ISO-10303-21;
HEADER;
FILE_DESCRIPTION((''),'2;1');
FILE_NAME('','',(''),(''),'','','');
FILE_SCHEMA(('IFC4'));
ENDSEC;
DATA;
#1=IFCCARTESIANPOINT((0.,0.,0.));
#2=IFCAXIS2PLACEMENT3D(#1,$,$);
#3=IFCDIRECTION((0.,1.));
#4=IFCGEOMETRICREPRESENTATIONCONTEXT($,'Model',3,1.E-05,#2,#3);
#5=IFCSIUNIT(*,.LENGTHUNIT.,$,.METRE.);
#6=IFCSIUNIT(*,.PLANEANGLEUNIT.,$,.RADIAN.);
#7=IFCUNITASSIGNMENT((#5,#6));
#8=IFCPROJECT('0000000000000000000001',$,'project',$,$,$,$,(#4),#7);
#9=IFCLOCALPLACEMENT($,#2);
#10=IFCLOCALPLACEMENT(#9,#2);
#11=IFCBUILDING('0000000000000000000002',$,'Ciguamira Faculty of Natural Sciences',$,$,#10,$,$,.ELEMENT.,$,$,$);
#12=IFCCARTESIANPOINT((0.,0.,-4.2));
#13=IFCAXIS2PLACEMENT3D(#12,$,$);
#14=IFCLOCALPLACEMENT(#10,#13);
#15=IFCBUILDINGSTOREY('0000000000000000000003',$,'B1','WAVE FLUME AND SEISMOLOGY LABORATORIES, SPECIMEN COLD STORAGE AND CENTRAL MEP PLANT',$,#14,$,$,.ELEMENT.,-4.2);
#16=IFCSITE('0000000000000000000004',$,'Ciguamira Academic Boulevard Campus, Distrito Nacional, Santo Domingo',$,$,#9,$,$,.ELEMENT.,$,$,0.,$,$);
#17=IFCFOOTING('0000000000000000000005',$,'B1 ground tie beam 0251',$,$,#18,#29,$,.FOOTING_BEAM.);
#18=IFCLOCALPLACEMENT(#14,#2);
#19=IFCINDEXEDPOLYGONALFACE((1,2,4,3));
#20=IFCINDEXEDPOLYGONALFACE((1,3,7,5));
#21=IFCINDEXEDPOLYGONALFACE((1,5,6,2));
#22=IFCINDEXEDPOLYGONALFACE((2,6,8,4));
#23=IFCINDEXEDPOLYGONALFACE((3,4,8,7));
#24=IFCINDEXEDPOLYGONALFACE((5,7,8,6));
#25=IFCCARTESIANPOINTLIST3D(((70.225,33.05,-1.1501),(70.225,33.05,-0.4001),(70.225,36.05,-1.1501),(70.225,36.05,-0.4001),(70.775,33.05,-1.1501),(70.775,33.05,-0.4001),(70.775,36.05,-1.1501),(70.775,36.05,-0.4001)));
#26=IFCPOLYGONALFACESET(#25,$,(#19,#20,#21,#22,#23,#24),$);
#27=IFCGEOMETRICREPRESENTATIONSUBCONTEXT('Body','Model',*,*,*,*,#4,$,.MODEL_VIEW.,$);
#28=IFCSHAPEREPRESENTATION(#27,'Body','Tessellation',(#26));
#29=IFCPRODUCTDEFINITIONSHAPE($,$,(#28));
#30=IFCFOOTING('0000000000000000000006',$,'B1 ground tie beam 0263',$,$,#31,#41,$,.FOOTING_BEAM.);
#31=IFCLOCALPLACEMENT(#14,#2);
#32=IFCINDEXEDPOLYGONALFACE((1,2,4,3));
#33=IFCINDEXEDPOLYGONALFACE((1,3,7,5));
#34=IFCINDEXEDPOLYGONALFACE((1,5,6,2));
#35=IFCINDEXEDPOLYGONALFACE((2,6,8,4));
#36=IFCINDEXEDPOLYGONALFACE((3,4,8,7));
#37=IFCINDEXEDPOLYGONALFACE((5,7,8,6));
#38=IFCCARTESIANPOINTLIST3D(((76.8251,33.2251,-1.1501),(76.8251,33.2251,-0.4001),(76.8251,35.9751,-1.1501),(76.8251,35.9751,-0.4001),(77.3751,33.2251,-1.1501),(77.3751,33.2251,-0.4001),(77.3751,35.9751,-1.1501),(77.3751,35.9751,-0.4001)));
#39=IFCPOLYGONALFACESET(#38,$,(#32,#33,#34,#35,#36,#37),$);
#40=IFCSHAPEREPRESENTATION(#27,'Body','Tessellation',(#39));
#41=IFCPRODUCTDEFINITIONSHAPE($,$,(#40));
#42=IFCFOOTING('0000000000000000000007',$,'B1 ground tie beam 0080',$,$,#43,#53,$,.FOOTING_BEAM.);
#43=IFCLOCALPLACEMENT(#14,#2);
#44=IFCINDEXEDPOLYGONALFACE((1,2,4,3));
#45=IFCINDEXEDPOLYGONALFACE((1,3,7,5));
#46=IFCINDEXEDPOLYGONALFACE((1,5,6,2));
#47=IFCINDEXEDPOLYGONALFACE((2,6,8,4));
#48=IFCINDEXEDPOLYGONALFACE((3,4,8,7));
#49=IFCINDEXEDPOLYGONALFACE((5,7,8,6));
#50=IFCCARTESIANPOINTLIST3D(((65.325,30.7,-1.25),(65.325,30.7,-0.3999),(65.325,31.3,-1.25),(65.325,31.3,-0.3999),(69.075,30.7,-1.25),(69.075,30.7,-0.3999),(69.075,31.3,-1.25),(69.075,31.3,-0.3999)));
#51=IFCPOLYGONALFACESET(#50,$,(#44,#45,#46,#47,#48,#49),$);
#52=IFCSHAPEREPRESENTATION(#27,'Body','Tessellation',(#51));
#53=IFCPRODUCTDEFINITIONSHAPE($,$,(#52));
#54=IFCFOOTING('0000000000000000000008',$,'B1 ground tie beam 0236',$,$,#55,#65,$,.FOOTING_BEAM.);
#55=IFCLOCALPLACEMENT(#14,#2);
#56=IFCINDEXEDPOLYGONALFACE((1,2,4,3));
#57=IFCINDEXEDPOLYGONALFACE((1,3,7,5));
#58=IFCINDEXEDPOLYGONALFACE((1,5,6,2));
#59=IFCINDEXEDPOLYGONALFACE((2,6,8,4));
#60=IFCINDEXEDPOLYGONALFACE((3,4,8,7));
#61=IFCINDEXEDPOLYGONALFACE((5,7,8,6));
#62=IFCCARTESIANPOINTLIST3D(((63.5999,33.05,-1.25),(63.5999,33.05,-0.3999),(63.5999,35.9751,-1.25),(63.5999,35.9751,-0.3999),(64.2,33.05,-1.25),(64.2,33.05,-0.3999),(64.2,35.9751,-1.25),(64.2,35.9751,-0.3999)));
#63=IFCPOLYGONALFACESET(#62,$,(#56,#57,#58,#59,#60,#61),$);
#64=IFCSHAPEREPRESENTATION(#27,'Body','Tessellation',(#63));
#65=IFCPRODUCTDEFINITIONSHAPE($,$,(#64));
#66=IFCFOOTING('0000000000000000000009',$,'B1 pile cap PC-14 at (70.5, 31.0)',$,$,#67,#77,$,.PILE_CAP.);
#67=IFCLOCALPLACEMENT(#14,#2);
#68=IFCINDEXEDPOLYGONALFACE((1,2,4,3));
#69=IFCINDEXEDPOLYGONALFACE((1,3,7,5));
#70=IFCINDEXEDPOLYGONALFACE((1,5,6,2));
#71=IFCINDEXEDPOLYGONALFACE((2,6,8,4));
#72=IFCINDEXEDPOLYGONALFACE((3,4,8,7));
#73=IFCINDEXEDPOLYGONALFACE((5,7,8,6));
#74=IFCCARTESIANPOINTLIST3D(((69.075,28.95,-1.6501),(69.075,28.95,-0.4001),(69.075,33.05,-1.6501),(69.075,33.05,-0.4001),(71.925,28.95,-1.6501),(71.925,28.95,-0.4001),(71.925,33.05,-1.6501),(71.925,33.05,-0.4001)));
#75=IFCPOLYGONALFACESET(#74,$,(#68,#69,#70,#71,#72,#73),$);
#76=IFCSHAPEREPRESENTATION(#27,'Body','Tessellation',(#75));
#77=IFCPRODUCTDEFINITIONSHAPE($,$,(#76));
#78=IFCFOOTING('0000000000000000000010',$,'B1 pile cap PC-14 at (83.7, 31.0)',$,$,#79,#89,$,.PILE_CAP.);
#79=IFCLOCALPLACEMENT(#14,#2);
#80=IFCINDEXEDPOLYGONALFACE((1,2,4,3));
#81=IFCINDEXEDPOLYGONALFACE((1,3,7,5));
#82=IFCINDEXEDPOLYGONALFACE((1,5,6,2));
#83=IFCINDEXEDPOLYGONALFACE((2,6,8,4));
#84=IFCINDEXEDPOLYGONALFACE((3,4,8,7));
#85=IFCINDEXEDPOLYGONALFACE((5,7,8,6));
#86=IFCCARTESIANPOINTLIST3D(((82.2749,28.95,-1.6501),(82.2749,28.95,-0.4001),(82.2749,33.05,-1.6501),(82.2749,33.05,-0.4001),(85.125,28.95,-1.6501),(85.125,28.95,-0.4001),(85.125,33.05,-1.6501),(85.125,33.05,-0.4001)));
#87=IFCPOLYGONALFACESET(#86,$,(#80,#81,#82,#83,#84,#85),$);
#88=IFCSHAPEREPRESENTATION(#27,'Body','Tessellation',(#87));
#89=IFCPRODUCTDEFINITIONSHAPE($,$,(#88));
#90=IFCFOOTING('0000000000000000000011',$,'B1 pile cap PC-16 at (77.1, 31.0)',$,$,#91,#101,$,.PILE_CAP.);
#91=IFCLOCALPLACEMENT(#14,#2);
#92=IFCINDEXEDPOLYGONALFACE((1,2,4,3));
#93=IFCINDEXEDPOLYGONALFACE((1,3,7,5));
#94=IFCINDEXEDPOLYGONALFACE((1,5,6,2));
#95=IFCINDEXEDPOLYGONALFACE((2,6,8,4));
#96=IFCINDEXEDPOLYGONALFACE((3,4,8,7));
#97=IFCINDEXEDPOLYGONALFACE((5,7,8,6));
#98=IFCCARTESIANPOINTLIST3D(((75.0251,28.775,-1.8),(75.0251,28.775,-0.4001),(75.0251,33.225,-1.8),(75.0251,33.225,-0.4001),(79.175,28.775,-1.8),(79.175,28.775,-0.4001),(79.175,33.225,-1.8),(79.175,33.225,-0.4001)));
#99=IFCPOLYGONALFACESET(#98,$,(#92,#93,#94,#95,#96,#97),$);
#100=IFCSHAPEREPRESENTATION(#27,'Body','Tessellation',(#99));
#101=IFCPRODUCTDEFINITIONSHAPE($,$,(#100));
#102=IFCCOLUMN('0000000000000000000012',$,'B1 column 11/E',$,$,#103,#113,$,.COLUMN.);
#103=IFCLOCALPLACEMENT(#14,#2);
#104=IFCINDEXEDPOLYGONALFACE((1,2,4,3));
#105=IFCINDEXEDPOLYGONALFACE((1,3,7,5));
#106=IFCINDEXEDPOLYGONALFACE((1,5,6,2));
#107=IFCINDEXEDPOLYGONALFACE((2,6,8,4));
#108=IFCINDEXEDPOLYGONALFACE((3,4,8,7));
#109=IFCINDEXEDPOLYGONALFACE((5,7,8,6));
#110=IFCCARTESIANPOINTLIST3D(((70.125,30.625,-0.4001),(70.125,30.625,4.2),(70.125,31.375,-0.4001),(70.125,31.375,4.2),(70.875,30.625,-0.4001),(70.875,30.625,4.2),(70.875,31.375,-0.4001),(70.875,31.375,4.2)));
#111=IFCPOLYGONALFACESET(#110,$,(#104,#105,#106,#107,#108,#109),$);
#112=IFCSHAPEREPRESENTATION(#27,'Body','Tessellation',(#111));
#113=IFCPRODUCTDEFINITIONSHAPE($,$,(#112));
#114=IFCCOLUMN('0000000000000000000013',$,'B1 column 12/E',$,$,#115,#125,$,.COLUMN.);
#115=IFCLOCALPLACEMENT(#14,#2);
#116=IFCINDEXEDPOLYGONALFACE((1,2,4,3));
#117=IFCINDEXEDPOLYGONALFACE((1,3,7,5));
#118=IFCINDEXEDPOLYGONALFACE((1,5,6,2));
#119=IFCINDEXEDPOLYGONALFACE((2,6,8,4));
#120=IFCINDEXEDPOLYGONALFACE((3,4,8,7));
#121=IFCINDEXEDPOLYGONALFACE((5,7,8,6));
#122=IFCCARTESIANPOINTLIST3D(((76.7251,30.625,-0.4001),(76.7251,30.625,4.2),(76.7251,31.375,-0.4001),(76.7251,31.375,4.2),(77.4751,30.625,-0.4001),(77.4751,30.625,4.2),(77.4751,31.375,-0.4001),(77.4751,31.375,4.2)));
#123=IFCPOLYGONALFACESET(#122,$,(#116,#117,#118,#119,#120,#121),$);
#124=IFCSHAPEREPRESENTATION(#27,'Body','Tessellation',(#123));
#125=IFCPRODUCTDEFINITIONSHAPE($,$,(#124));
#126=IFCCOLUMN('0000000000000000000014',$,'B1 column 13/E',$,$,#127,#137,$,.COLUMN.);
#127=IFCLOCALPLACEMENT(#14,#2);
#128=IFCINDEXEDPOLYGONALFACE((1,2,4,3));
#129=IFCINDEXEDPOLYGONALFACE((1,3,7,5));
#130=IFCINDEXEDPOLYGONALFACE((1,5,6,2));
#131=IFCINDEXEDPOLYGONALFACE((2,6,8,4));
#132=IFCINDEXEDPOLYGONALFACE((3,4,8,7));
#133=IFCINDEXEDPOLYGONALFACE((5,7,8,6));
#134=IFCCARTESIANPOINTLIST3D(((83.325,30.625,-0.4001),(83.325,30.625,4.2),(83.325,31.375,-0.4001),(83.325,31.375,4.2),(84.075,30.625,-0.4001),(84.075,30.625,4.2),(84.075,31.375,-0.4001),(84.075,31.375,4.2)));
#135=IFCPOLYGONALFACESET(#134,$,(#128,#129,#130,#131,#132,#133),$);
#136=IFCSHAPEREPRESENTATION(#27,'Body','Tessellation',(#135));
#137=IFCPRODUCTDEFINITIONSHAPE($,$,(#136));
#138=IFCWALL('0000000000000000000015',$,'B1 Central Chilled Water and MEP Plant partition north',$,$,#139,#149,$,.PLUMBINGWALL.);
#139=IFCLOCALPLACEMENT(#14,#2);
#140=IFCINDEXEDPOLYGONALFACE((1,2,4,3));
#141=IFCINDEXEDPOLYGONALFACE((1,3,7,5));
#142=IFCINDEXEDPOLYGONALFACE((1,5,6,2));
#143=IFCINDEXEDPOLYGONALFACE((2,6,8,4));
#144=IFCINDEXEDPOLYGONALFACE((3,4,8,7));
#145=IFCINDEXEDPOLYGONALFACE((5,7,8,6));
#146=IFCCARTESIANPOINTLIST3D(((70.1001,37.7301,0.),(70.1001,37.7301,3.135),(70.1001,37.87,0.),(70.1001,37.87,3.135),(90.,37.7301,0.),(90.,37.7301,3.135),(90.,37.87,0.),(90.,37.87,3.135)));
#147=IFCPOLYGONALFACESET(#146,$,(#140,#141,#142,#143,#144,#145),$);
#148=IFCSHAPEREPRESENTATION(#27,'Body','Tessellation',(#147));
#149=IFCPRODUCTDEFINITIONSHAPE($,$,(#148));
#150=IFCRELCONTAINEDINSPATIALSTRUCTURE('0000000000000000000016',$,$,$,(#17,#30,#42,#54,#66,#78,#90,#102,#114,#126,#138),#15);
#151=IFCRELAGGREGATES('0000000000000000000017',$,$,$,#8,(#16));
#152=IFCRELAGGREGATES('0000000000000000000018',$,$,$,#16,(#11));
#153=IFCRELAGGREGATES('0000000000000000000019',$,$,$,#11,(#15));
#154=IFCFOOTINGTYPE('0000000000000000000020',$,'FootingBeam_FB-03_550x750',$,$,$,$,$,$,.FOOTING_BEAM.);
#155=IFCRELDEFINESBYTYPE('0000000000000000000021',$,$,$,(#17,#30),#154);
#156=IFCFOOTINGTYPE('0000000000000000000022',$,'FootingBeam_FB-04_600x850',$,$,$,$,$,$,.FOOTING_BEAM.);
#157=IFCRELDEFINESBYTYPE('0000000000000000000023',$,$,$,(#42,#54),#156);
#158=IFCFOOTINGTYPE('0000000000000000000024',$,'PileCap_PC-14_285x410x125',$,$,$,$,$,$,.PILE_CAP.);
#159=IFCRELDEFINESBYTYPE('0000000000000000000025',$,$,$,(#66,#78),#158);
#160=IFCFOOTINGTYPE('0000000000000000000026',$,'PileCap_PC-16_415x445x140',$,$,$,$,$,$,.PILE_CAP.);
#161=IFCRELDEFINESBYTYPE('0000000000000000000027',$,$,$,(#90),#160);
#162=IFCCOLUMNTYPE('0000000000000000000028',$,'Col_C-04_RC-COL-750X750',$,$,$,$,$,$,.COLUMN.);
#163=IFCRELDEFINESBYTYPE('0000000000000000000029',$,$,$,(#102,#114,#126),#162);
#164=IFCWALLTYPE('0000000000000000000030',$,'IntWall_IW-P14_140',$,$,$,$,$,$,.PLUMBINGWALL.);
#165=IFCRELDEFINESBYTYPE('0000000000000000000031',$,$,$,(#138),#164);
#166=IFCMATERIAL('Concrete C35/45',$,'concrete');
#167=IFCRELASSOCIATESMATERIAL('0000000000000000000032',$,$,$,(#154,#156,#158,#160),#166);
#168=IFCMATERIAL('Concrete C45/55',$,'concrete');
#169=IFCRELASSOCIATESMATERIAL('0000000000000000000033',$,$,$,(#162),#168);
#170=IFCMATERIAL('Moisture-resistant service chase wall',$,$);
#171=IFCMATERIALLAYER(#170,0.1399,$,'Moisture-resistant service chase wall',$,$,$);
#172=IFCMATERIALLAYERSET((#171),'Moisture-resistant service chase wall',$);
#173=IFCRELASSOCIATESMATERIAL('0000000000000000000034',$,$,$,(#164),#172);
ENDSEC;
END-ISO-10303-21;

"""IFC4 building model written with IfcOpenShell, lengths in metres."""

from ifc_helpers import new_model, si_unit, direction, frame, frame_2d, origin, origin_2d, place, context, subcontext, project, spatial, rectangle, extrude, material, layer, layer_set, material_profile, profile_set, type_object, element, save


model = new_model("IFC4")

# Units and contexts
model_context = context("Model", 3, precision=1e-05, world=origin(), true_north=direction((0.0, 1.0)))
body_context = subcontext(model_context, "Body", "Model", "MODEL_VIEW")
ifc_project = project(units=[si_unit("LENGTHUNIT", "METRE"), si_unit("PLANEANGLEUNIT", "RADIAN")], contexts=[model_context])

# Site, building, storey
site_placement = place(None, origin())
site = spatial("IfcSite", under=ifc_project, at=site_placement, Name="Ciguamira Academic Boulevard Campus, Distrito Nacional, Santo Domingo", CompositionType="ELEMENT", RefElevation=0.0)
building_placement = place(site_placement, origin())
building = spatial("IfcBuilding", under=site, at=building_placement, Name="Ciguamira Faculty of Natural Sciences", CompositionType="ELEMENT")
storey_placement = place(building_placement, frame((0.0, 0.0, -4.2)))
storey = spatial("IfcBuildingStorey", under=building, at=storey_placement, Name="B1", Description="WAVE FLUME AND SEISMOLOGY LABORATORIES, SPECIMEN COLD STORAGE AND CENTRAL MEP PLANT", CompositionType="ELEMENT", Elevation=-4.2)

# Shared definitions
ifc_material_1 = material(Name="Concrete C35/45", Category="concrete")

# Footings
ifc_material_profile_1 = material_profile(ifc_material_1, rectangle(XDim=0.55, YDim=0.75, at=origin_2d()), Name="RC-FB-550X750")
ifc_profile_set_1 = profile_set([ifc_material_profile_1], Name="Concrete C35/45")
footing_type_1 = type_object("IfcFootingType", Name="FootingBeam_FB-03_550x750", PredefinedType="FOOTING_BEAM", material=ifc_profile_set_1)
footing_1_placement = place(storey_placement, frame((70.5, 33.05, -0.7751), z_axis=(0.0, 1.0, 0.0), x_axis=(-1.0, 0.0, 0.0)))
element("IfcFooting", 1, at=footing_1_placement, inside=storey, type_object=footing_type_1, Name="B1 ground tie beam 0251", PredefinedType="FOOTING_BEAM", context=body_context, shape_type="SweptSolid", body=[
    extrude(rectangle(XDim=0.55, YDim=0.75, at=origin_2d()), origin(), (0.0, 0.0, 1.0), 3.0),
])
footing_2_placement = place(storey_placement, frame((77.1001, 33.2251, -0.7751), z_axis=(0.0, 1.0, 0.0), x_axis=(-1.0, 0.0, 0.0)))
element("IfcFooting", 2, at=footing_2_placement, inside=storey, type_object=footing_type_1, Name="B1 ground tie beam 0263", PredefinedType="FOOTING_BEAM", context=body_context, shape_type="SweptSolid", body=[
    extrude(rectangle(XDim=0.55, YDim=0.75, at=origin_2d()), origin(), (0.0, 0.0, 1.0), 2.75),
])
ifc_material_profile_2 = material_profile(ifc_material_1, rectangle(XDim=0.6001, YDim=0.8501, at=origin_2d()), Name="RC-FB-600X850")
ifc_profile_set_2 = profile_set([ifc_material_profile_2], Name="Concrete C35/45")
footing_type_2 = type_object("IfcFootingType", Name="FootingBeam_FB-04_600x850", PredefinedType="FOOTING_BEAM", material=ifc_profile_set_2)
footing_3_placement = place(storey_placement, frame((65.325, 31.0, -0.825), z_axis=(1.0, 0.0, 0.0), x_axis=(0.0, 1.0, 0.0)))
element("IfcFooting", 3, at=footing_3_placement, inside=storey, type_object=footing_type_2, Name="B1 ground tie beam 0080", PredefinedType="FOOTING_BEAM", context=body_context, shape_type="SweptSolid", body=[
    extrude(rectangle(XDim=0.6001, YDim=0.8501, at=origin_2d()), origin(), (0.0, 0.0, 1.0), 3.75),
])
footing_4_placement = place(storey_placement, frame((63.8999, 33.05, -0.825), z_axis=(0.0, 1.0, 0.0), x_axis=(-1.0, 0.0, 0.0)))
element("IfcFooting", 4, at=footing_4_placement, inside=storey, type_object=footing_type_2, Name="B1 ground tie beam 0236", PredefinedType="FOOTING_BEAM", context=body_context, shape_type="SweptSolid", body=[
    extrude(rectangle(XDim=0.6001, YDim=0.8501, at=origin_2d()), origin(), (0.0, 0.0, 1.0), 2.925),
])
footing_type_3 = type_object("IfcFootingType", Name="PileCap_PC-14_285x410x125", PredefinedType="PILE_CAP", material=ifc_material_1)
for number, where, z_axis, x_axis, name in (
    (5, (70.5, 31.0, -1.6501), (0.0, 0.0, 1.0), (1.0, 0.0, 0.0), "B1 pile cap PC-14 at (70.5, 31.0)"),
    (6, (83.7, 31.0, -1.6501), (0.0, 0.0, 1.0), (1.0, 0.0, 0.0), "B1 pile cap PC-14 at (83.7, 31.0)"),
):
    element("IfcFooting", number, at=place(storey_placement, frame(where, z_axis=z_axis, x_axis=x_axis)), inside=storey, type_object=footing_type_3, Name=name, PredefinedType="PILE_CAP", context=body_context, shape_type="SweptSolid", body=[
        extrude(rectangle(XDim=2.8501, YDim=4.1001, at=origin_2d()), origin(), (0.0, 0.0, 1.0), 1.25),
    ])
footing_type_4 = type_object("IfcFootingType", Name="PileCap_PC-16_415x445x140", PredefinedType="PILE_CAP", material=ifc_material_1)
footing_5_placement = place(storey_placement, frame((77.1001, 31.0, -1.8), z_axis=(0.0, 0.0, 1.0), x_axis=(1.0, 0.0, 0.0)))
element("IfcFooting", 7, at=footing_5_placement, inside=storey, type_object=footing_type_4, Name="B1 pile cap PC-16 at (77.1, 31.0)", PredefinedType="PILE_CAP", context=body_context, shape_type="SweptSolid", body=[
    extrude(rectangle(XDim=4.1499, YDim=4.45, at=origin_2d()), origin(), (0.0, 0.0, 1.0), 1.3999),
])

# Columns
ifc_material_2 = material(Name="Concrete C45/55", Category="concrete")
ifc_material_profile_3 = material_profile(ifc_material_2, rectangle(XDim=0.75, YDim=0.75, at=origin_2d()), Name="RC-COL-750X750")
ifc_profile_set_3 = profile_set([ifc_material_profile_3], Name="Concrete C45/55")
column_type = type_object("IfcColumnType", Name="Col_C-04_RC-COL-750X750", PredefinedType="COLUMN", material=ifc_profile_set_3)
for number, where, z_axis, x_axis, name in (
    (8, (70.5, 31.0, -0.4001), (0.0, 0.0, 1.0), (1.0, 0.0, 0.0), "B1 column 11/E"),
    (9, (77.1001, 31.0, -0.4001), (0.0, 0.0, 1.0), (1.0, 0.0, 0.0), "B1 column 12/E"),
    (10, (83.7, 31.0, -0.4001), (0.0, 0.0, 1.0), (1.0, 0.0, 0.0), "B1 column 13/E"),
):
    element("IfcColumn", number, at=place(storey_placement, frame(where, z_axis=z_axis, x_axis=x_axis)), inside=storey, type_object=column_type, Name=name, PredefinedType="COLUMN", context=body_context, shape_type="SweptSolid", body=[
        extrude(rectangle(XDim=0.75, YDim=0.75, at=origin_2d()), origin(), (0.0, 0.0, 1.0), 4.6001),
    ])

# Wall
ifc_material_3 = material(Name="Moisture-resistant service chase wall")
ifc_layer = layer(ifc_material_3, 0.1399, Name="Moisture-resistant service chase wall")
ifc_layer_set = layer_set([ifc_layer], Name="Moisture-resistant service chase wall")
wall_type = type_object("IfcWallType", Name="IntWall_IW-P14_140", PredefinedType="PLUMBINGWALL", material=ifc_layer_set)
wall_placement = place(storey_placement, frame((70.1001, 37.8, 0.0), z_axis=(0.0, 0.0, 1.0), x_axis=(1.0, 0.0, 0.0)))
element("IfcWall", 11, at=wall_placement, inside=storey, type_object=wall_type, Name="B1 Central Chilled Water and MEP Plant partition north", PredefinedType="PLUMBINGWALL", context=body_context, shape_type="SweptSolid", body=[
    extrude(rectangle(XDim=19.8999, YDim=0.1399, at=frame_2d((9.95, 0.0))), origin(), (0.0, 0.0, 1.0), 3.135),
])

save(model, "model.ifc")
